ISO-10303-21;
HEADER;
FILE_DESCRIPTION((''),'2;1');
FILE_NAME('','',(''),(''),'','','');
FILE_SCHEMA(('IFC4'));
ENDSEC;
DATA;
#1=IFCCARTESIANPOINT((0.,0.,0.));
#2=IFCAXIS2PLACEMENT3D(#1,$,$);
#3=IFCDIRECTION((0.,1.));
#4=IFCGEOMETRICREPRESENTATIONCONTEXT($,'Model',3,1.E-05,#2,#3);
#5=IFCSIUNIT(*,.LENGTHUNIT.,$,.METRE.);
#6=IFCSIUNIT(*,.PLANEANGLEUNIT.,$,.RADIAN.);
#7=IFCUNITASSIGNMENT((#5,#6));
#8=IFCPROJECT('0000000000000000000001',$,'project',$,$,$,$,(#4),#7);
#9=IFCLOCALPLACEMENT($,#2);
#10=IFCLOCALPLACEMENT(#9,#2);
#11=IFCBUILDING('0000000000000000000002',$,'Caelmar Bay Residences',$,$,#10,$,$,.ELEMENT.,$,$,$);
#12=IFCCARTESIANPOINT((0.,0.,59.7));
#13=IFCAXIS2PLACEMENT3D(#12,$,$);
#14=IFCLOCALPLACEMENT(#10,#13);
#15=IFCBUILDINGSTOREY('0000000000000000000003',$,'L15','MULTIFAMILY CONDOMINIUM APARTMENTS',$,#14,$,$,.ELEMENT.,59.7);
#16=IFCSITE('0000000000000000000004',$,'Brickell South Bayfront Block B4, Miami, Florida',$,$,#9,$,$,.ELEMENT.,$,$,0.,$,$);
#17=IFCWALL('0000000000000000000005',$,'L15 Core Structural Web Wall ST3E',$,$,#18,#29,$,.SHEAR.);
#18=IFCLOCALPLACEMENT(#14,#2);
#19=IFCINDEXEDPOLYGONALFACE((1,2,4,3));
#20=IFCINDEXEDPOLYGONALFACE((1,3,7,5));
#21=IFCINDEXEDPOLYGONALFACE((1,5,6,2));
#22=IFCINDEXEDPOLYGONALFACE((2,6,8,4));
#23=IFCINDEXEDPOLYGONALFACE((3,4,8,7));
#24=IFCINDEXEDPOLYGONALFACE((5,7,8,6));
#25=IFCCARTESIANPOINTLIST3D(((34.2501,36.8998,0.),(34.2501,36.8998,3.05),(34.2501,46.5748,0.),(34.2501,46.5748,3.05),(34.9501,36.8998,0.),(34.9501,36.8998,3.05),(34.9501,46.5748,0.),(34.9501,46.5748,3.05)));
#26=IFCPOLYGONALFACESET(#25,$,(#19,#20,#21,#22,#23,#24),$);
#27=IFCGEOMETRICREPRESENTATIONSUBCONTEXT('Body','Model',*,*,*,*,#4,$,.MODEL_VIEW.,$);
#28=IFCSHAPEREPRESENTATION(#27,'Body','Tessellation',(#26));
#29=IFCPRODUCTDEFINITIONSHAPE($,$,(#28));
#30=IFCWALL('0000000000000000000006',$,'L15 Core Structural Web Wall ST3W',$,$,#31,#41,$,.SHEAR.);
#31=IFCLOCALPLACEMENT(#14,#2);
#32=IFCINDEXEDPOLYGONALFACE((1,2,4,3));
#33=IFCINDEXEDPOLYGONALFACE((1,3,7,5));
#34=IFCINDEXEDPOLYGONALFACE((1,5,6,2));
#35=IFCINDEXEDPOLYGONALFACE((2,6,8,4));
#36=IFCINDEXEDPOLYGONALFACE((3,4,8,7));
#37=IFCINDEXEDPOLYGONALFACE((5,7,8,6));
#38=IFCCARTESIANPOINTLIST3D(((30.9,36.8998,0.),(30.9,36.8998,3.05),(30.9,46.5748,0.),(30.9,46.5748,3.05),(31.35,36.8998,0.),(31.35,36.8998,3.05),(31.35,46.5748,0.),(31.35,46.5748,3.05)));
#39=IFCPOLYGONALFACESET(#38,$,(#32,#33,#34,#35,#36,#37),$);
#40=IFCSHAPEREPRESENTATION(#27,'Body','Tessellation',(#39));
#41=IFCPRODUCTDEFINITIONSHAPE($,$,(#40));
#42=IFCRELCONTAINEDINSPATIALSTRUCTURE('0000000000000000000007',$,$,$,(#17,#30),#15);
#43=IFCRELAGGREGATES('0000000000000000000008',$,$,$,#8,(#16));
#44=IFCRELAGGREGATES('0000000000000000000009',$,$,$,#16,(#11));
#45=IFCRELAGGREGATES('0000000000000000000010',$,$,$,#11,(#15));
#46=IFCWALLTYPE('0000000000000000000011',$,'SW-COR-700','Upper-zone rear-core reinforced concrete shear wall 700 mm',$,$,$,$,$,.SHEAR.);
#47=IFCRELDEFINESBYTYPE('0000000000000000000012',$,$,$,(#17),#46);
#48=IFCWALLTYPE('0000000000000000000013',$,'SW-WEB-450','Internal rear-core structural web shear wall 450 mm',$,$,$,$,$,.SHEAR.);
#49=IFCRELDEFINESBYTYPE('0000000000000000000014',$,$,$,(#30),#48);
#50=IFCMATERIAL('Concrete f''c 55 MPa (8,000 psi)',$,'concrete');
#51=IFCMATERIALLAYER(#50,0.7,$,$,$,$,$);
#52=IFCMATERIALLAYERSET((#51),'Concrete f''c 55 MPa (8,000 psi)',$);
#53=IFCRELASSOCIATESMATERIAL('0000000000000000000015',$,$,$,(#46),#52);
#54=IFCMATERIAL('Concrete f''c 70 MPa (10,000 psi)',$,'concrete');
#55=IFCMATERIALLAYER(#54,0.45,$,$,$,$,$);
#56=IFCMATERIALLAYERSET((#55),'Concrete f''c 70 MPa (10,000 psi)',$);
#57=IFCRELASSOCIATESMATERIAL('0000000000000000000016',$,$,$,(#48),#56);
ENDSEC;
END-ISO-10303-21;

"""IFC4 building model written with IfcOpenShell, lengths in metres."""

from ifc_helpers import new_model, si_unit, direction, frame, frame_2d, origin, place, context, subcontext, project, spatial, rectangle, extrude, material, layer, layer_set, type_object, element, save


model = new_model("IFC4")

# Units and contexts
model_context = context("Model", 3, precision=1e-05, world=origin(), true_north=direction((0.0, 1.0)))
body_context = subcontext(model_context, "Body", "Model", "MODEL_VIEW")
ifc_project = project(units=[si_unit("LENGTHUNIT", "METRE"), si_unit("PLANEANGLEUNIT", "RADIAN")], contexts=[model_context])

# Site, building, storey
site_placement = place(None, origin())
site = spatial("IfcSite", under=ifc_project, at=site_placement, Name="Brickell South Bayfront Block B4, Miami, Florida", CompositionType="ELEMENT", RefElevation=0.0)
building_placement = place(site_placement, origin())
building = spatial("IfcBuilding", under=site, at=building_placement, Name="Caelmar Bay Residences", CompositionType="ELEMENT")
storey_placement = place(building_placement, frame((0.0, 0.0, 59.7)))
storey = spatial("IfcBuildingStorey", under=building, at=storey_placement, Name="L15", Description="MULTIFAMILY CONDOMINIUM APARTMENTS", CompositionType="ELEMENT", Elevation=59.7)

# Walls
ifc_material_1 = material(Name="Concrete f'c 55 MPa (8,000 psi)", Category="concrete")
ifc_layer_1 = layer(ifc_material_1, 0.7)
ifc_layer_set_1 = layer_set([ifc_layer_1], Name="Concrete f'c 55 MPa (8,000 psi)")
wall_type_1 = type_object("IfcWallType", Name="SW-COR-700", Description="Upper-zone rear-core reinforced concrete shear wall 700 mm", PredefinedType="SHEAR", material=ifc_layer_set_1)
wall_1_placement = place(storey_placement, frame((34.6001, 36.8999, 0.0), z_axis=(0.0, 0.0, 1.0), x_axis=(0.0, 1.0, 0.0)))
element("IfcWall", 1, at=wall_1_placement, inside=storey, type_object=wall_type_1, Name="L15 Core Structural Web Wall ST3E", PredefinedType="SHEAR", context=body_context, shape_type="SweptSolid", body=[
    extrude(rectangle(XDim=9.675, YDim=0.7, at=frame_2d((4.8374, 0.0))), origin(), (0.0, 0.0, 1.0), 3.05),
])
ifc_material_2 = material(Name="Concrete f'c 70 MPa (10,000 psi)", Category="concrete")
ifc_layer_2 = layer(ifc_material_2, 0.45)
ifc_layer_set_2 = layer_set([ifc_layer_2], Name="Concrete f'c 70 MPa (10,000 psi)")
wall_type_2 = type_object("IfcWallType", Name="SW-WEB-450", Description="Internal rear-core structural web shear wall 450 mm", PredefinedType="SHEAR", material=ifc_layer_set_2)
wall_2_placement = place(storey_placement, frame((31.125, 36.8999, 0.0), z_axis=(0.0, 0.0, 1.0), x_axis=(0.0, 1.0, 0.0)))
element("IfcWall", 2, at=wall_2_placement, inside=storey, type_object=wall_type_2, Name="L15 Core Structural Web Wall ST3W", PredefinedType="SHEAR", context=body_context, shape_type="SweptSolid", body=[
    extrude(rectangle(XDim=9.675, YDim=0.45, at=frame_2d((4.8374, 0.0))), origin(), (0.0, 0.0, 1.0), 3.05),
])

save(model, "model.ifc")
